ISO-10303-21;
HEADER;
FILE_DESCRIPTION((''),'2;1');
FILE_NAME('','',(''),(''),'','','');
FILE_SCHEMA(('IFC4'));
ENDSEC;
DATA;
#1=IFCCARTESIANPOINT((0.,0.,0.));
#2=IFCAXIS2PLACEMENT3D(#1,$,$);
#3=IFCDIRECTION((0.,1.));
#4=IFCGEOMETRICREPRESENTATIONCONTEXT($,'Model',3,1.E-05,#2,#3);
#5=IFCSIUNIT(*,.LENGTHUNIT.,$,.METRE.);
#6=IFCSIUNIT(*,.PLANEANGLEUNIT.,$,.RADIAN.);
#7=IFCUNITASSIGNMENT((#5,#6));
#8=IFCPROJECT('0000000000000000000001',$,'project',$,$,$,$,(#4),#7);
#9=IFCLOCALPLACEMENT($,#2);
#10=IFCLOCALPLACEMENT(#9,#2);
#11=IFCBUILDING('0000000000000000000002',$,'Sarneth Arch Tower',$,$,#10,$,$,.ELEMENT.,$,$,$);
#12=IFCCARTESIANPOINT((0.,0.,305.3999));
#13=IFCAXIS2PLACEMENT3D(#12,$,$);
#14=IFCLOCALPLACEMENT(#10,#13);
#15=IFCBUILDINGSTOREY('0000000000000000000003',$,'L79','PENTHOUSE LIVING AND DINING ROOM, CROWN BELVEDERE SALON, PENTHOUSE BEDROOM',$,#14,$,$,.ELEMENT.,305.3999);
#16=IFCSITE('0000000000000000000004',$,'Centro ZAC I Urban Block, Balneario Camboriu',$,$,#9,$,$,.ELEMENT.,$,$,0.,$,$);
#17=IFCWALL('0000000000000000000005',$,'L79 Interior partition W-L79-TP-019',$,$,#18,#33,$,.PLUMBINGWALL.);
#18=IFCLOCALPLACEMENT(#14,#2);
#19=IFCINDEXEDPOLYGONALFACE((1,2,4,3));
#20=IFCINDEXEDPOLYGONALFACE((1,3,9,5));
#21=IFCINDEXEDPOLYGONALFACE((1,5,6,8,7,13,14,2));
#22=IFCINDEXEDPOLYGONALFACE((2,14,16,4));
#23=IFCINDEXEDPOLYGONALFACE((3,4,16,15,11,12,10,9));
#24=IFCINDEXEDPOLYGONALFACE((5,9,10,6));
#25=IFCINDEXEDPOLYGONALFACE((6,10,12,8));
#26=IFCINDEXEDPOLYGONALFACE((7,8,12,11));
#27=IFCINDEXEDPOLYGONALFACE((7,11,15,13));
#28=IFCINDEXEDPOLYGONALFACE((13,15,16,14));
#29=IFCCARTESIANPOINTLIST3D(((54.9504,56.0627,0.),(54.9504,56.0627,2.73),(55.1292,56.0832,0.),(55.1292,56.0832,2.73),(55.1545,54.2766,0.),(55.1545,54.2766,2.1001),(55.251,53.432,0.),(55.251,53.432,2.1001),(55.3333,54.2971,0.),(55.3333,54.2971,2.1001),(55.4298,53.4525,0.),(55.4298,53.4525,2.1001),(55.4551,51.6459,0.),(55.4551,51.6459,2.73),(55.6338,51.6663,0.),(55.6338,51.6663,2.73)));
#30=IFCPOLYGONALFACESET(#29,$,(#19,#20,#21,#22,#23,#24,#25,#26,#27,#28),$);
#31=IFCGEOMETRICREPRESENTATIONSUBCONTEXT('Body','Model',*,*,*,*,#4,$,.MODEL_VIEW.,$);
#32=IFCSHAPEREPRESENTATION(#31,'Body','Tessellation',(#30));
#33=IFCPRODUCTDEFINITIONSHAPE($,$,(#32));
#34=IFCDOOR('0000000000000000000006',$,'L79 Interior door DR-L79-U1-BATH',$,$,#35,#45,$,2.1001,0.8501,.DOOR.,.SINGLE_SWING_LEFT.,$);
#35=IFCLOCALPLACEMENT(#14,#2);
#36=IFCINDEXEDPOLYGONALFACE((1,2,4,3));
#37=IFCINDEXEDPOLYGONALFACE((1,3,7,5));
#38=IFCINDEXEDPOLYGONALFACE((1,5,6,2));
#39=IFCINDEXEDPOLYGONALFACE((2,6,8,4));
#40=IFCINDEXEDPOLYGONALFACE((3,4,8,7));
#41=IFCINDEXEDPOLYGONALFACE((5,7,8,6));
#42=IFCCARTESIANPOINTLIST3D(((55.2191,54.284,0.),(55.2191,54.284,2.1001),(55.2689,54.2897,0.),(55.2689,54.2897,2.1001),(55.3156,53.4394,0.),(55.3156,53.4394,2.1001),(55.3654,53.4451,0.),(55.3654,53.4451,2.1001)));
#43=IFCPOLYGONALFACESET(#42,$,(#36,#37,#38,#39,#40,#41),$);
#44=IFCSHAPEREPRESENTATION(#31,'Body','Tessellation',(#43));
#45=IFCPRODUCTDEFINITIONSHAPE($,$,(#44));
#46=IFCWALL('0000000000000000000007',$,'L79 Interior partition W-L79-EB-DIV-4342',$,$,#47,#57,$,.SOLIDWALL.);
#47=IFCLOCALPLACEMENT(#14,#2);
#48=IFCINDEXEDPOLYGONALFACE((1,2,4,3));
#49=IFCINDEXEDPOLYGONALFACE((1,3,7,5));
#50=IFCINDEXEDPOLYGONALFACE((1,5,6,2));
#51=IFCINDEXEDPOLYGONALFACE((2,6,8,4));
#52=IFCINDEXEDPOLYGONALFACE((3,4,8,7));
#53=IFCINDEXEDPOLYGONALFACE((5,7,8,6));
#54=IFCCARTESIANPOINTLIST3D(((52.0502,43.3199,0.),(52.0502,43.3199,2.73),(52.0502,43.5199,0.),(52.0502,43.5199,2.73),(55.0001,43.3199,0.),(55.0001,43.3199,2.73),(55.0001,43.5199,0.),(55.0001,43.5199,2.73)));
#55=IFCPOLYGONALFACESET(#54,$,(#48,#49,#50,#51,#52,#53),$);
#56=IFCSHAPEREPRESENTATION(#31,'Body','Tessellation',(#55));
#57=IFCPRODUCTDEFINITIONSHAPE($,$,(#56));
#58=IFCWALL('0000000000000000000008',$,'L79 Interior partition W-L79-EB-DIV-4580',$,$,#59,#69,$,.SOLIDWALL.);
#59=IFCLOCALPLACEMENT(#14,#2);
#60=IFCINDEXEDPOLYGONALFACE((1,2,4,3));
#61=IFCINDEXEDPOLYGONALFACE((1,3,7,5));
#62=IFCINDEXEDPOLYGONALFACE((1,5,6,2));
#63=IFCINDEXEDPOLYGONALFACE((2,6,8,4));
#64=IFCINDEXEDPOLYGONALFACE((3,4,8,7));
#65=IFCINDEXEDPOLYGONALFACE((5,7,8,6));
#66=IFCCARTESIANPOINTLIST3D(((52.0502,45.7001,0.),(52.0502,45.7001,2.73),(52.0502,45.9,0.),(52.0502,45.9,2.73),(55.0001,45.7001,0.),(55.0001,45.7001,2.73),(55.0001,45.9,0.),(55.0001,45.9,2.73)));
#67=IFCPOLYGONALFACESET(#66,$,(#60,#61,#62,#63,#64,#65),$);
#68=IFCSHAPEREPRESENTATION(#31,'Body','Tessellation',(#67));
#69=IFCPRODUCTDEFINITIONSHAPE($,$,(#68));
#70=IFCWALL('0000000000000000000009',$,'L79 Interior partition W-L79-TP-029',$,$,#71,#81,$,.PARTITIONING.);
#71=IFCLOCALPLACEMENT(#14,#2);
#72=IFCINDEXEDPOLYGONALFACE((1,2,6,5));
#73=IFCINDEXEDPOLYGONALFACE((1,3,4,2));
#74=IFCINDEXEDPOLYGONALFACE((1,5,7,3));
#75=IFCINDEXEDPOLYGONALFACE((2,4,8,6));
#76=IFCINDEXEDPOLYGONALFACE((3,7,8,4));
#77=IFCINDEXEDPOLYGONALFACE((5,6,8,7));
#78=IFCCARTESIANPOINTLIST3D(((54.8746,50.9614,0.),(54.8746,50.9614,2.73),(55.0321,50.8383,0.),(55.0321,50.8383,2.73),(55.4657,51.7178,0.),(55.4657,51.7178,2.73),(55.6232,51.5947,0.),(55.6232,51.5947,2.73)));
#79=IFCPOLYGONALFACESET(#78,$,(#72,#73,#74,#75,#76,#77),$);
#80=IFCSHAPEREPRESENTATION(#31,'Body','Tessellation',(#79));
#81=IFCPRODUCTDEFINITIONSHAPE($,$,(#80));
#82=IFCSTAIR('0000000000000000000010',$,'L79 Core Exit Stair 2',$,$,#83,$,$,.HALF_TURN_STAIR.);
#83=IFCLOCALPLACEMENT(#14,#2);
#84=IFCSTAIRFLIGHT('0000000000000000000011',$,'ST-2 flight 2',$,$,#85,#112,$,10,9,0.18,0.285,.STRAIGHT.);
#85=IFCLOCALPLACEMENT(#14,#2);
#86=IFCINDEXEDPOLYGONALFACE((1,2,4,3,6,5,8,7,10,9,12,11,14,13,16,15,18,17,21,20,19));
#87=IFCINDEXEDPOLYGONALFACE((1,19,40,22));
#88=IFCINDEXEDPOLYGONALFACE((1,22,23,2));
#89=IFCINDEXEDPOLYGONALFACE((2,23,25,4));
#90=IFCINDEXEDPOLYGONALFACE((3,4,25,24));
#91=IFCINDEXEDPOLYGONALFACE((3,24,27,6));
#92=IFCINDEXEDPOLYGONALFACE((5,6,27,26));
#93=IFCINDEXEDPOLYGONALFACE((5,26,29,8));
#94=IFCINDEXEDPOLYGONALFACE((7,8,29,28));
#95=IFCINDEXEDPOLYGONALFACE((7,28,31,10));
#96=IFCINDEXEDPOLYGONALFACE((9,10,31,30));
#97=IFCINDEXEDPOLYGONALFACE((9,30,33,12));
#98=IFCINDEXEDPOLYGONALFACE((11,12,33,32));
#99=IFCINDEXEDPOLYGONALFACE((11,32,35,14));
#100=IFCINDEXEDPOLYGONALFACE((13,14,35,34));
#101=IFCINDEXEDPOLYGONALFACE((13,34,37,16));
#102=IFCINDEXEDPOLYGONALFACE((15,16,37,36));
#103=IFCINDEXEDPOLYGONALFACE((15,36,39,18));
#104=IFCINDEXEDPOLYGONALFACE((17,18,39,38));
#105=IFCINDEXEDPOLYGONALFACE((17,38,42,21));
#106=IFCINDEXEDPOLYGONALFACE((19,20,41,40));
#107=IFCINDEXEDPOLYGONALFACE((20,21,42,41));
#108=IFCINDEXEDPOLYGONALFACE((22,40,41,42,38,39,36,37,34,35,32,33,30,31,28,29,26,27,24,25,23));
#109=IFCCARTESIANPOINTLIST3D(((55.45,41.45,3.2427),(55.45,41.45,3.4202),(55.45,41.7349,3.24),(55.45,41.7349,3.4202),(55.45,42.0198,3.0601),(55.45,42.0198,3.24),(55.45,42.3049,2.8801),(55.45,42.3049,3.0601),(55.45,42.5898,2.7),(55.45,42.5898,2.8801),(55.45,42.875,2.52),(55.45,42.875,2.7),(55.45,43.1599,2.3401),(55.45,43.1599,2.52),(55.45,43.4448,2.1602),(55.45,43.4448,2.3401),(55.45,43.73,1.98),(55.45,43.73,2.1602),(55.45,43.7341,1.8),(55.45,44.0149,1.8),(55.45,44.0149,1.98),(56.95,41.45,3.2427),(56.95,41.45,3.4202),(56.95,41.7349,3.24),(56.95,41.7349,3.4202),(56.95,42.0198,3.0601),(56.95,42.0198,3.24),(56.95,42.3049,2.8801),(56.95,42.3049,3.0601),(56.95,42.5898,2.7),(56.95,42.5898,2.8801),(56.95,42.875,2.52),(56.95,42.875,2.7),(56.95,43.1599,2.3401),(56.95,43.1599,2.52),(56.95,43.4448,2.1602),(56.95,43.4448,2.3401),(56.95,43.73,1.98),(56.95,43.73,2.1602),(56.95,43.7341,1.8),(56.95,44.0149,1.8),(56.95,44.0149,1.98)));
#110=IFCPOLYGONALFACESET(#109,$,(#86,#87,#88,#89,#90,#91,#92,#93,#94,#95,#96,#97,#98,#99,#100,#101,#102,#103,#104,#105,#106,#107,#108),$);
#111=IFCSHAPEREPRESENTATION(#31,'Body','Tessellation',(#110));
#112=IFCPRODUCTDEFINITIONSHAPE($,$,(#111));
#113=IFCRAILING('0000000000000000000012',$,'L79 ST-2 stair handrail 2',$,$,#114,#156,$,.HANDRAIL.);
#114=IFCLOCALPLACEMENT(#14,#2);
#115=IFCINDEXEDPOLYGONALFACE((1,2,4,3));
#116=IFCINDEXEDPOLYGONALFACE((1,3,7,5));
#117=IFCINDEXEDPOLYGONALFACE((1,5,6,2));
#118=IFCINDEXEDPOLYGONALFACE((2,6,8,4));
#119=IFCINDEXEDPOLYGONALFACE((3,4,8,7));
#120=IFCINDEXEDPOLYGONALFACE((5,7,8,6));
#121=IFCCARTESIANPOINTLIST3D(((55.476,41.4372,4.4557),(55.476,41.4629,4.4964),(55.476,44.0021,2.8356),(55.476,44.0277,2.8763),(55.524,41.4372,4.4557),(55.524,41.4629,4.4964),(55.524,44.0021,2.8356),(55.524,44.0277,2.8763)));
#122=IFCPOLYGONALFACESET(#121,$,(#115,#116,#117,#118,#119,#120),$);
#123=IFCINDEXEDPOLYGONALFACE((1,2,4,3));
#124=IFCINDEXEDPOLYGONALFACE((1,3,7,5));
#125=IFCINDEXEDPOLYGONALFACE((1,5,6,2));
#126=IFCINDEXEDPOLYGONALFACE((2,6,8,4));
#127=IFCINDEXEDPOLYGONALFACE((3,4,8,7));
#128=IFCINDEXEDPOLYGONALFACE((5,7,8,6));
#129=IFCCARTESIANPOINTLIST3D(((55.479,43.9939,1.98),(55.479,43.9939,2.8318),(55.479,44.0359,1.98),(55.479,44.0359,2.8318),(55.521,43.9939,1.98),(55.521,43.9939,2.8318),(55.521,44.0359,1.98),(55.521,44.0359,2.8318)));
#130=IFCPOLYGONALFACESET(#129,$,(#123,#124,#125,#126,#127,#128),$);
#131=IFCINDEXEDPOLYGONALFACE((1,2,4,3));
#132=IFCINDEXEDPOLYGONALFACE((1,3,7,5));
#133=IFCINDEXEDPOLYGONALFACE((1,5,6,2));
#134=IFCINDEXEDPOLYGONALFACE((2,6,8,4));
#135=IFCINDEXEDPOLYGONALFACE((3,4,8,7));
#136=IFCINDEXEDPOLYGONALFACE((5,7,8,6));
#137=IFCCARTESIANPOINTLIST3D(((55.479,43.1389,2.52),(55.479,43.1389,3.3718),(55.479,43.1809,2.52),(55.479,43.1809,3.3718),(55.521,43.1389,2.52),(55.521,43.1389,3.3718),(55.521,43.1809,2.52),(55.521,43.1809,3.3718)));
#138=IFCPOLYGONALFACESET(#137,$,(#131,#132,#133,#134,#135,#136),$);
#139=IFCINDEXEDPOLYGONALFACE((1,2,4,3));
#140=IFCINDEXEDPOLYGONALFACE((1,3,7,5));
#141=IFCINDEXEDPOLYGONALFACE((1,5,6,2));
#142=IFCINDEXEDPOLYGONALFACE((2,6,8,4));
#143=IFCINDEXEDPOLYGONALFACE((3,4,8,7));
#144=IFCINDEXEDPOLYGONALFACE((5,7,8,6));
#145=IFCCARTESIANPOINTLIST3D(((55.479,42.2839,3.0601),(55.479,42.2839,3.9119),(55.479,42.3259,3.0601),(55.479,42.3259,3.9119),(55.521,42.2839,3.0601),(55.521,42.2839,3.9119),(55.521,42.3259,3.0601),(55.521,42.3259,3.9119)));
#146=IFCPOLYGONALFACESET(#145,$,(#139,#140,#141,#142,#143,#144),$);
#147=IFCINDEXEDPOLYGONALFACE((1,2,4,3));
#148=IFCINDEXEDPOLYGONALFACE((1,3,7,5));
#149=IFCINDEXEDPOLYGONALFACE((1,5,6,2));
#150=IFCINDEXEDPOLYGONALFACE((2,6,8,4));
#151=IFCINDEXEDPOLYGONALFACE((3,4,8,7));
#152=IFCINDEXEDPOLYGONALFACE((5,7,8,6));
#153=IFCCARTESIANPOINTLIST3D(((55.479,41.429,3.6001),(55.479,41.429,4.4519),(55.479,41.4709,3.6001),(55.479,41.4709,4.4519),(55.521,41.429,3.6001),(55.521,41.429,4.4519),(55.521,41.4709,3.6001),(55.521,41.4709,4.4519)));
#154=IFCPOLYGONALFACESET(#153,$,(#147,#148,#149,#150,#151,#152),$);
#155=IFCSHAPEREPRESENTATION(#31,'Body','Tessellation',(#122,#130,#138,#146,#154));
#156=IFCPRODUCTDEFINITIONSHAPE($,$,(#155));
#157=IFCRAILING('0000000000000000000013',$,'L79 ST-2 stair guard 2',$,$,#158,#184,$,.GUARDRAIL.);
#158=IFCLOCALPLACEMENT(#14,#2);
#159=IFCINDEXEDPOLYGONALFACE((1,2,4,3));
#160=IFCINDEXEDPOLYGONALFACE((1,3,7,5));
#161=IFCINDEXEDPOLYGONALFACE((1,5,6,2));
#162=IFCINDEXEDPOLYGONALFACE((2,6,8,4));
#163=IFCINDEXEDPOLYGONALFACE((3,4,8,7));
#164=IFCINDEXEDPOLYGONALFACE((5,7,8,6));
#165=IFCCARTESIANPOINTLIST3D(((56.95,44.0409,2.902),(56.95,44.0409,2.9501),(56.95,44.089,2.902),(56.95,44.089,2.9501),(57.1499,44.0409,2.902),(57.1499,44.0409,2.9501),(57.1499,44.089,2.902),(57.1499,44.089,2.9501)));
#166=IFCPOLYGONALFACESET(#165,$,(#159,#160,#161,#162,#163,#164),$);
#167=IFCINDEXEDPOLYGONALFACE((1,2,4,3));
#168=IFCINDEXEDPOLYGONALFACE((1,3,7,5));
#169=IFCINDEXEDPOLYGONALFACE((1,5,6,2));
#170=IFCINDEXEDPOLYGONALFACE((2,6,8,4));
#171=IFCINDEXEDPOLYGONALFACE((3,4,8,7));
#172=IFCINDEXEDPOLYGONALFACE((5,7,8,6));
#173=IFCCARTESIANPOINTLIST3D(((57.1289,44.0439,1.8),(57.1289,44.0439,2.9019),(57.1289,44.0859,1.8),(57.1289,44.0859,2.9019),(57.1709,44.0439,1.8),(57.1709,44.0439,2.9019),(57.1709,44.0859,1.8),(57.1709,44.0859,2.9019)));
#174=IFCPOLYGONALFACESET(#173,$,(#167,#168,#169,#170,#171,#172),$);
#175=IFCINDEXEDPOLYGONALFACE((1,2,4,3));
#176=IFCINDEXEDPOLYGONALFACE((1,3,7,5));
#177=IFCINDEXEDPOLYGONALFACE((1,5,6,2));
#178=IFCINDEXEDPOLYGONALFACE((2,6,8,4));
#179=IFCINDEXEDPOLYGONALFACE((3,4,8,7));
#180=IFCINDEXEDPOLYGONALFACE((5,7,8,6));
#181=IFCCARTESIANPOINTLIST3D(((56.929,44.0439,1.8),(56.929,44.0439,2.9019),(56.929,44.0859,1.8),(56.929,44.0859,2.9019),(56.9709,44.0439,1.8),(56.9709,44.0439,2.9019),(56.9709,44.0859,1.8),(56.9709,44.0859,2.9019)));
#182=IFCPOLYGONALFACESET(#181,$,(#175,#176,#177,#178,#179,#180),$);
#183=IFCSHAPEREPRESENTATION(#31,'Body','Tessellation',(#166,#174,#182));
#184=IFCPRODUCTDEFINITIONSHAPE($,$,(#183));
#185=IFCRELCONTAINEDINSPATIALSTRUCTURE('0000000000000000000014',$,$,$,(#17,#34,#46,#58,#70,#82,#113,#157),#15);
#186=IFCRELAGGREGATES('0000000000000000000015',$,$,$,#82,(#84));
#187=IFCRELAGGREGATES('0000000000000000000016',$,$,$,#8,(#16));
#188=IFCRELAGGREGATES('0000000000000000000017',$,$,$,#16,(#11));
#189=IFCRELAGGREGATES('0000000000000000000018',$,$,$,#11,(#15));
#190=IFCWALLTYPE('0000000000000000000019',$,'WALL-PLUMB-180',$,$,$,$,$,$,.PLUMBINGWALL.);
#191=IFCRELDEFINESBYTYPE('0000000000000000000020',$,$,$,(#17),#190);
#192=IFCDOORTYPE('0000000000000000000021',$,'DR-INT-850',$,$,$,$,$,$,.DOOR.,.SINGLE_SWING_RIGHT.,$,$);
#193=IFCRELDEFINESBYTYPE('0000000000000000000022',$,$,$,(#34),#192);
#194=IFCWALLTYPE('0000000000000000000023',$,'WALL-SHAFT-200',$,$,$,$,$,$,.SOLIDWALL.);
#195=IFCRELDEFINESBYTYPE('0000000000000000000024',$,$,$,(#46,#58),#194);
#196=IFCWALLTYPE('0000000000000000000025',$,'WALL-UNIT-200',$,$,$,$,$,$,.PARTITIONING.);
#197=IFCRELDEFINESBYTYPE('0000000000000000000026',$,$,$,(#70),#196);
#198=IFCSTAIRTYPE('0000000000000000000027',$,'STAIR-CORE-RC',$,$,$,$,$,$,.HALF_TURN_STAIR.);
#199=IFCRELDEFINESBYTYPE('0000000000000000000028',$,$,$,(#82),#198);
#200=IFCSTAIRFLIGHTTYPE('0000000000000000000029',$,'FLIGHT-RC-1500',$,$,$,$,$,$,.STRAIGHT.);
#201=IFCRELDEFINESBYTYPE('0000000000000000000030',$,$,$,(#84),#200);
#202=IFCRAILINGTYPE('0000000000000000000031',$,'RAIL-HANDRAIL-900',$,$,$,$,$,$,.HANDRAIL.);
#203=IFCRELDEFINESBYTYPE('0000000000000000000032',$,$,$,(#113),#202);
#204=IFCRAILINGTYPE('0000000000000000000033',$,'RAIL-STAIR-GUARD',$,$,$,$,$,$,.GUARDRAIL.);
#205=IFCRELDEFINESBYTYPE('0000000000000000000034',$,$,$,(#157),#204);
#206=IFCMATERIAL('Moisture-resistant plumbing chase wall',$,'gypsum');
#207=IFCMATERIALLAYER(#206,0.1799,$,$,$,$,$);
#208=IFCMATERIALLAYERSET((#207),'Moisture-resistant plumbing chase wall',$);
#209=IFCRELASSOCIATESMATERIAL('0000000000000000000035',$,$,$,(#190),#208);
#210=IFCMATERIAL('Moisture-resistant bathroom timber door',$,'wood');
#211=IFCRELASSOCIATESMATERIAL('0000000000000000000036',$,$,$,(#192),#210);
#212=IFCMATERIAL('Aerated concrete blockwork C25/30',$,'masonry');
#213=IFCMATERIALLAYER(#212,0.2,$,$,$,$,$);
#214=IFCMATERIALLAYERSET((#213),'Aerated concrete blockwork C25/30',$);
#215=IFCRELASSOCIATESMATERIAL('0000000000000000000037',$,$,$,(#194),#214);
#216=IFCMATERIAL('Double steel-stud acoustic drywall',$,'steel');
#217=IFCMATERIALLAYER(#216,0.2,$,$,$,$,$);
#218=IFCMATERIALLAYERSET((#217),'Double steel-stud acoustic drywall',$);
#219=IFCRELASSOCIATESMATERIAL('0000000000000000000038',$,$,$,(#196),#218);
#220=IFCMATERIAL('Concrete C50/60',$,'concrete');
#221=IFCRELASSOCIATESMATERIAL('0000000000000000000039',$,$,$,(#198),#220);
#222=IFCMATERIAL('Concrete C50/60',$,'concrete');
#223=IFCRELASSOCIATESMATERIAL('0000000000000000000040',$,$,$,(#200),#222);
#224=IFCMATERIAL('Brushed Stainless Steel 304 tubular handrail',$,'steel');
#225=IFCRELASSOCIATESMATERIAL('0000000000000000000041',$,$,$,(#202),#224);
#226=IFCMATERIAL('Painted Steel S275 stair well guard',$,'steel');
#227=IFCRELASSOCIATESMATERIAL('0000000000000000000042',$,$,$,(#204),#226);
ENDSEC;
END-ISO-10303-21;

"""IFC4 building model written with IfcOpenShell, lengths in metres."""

from ifc_helpers import new_model, si_unit, direction, frame, frame_2d, origin, origin_2d, place, context, subcontext, project, spatial, polyline, rectangle, outline, extrude, material, layer, layer_set, type_object, element, fill, aggregate, save


model = new_model("IFC4")

# Units and contexts
model_context = context("Model", 3, precision=1e-05, world=origin(), true_north=direction((0.0, 1.0)))
body_context = subcontext(model_context, "Body", "Model", "MODEL_VIEW")
ifc_project = project(units=[si_unit("LENGTHUNIT", "METRE"), si_unit("PLANEANGLEUNIT", "RADIAN")], contexts=[model_context])

# Site, building, storey
site_placement = place(None, origin())
site = spatial("IfcSite", under=ifc_project, at=site_placement, Name="Centro ZAC I Urban Block, Balneario Camboriu", CompositionType="ELEMENT", RefElevation=0.0)
building_placement = place(site_placement, origin())
building = spatial("IfcBuilding", under=site, at=building_placement, Name="Sarneth Arch Tower", CompositionType="ELEMENT")
storey_placement = place(building_placement, frame((0.0, 0.0, 305.3999)))
storey = spatial("IfcBuildingStorey", under=building, at=storey_placement, Name="L79", Description="PENTHOUSE LIVING AND DINING ROOM, CROWN BELVEDERE SALON, PENTHOUSE BEDROOM", CompositionType="ELEMENT", Elevation=305.3999)

# Wall, opening, door
ifc_material_1 = material(Name="Moisture-resistant plumbing chase wall", Category="gypsum")
ifc_layer_1 = layer(ifc_material_1, 0.1799)
ifc_layer_set_1 = layer_set([ifc_layer_1], Name="Moisture-resistant plumbing chase wall")
wall_type_1 = type_object("IfcWallType", Name="WALL-PLUMB-180", PredefinedType="PLUMBINGWALL", material=ifc_layer_set_1)
wall_1_placement = place(storey_placement, frame((55.5444, 51.6562, 0.0), z_axis=(0.0, 0.0, 1.0), x_axis=(-0.113517, 0.993536, 0.0)))
wall_1 = element("IfcWall", 1, at=wall_1_placement, inside=storey, type_object=wall_type_1, Name="L79 Interior partition W-L79-TP-019", PredefinedType="PLUMBINGWALL", context=body_context, shape_type="SweptSolid", body=[
    extrude(rectangle(XDim=4.4456, YDim=0.1799, at=frame_2d((2.2227, 0.0))), origin(), (0.0, 0.0, 1.0), 2.73),
])
opening_1_placement = place(wall_1_placement, frame((1.7976, 0.0, 0.0)))
opening_1 = element("IfcOpeningElement", 2, at=opening_1_placement, cuts=wall_1, PredefinedType="OPENING", context=body_context, shape_type="SweptSolid", body=[
    extrude(rectangle(XDim=0.8501, YDim=2.1001, at=frame_2d((0.425, 1.05))), frame((0.0, 0.0999, 0.0), z_axis=(0.0, -1.0, 0.0), x_axis=(1.0, 0.0, 0.0)), (0.0, 0.0, 1.0), 0.2),
])
ifc_material_2 = material(Name="Moisture-resistant bathroom timber door", Category="wood")
door_type_1 = type_object("IfcDoorType", Name="DR-INT-850", OperationType="SINGLE_SWING_RIGHT", PredefinedType="DOOR", material=ifc_material_2)
door_1_placement = place(opening_1_placement, origin())
door_1 = element("IfcDoor", 3, at=door_1_placement, inside=storey, type_object=door_type_1, Name="L79 Interior door DR-L79-U1-BATH", OperationType="SINGLE_SWING_LEFT", OverallHeight=2.1001, OverallWidth=0.8501, PredefinedType="DOOR", context=body_context, shape_type="SweptSolid", body=[
    extrude(rectangle(XDim=0.8501, YDim=2.1001, at=frame_2d((0.425, 1.05))), frame((0.0, 0.0249, 0.0), z_axis=(0.0, -1.0, 0.0), x_axis=(1.0, 0.0, 0.0)), (0.0, 0.0, 1.0), 0.05),
])
fill(opening_1, door_1)

# Walls
ifc_material_3 = material(Name="Aerated concrete blockwork C25/30", Category="masonry")
ifc_layer_2 = layer(ifc_material_3, 0.2)
ifc_layer_set_2 = layer_set([ifc_layer_2], Name="Aerated concrete blockwork C25/30")
wall_type_2 = type_object("IfcWallType", Name="WALL-SHAFT-200", PredefinedType="SOLIDWALL", material=ifc_layer_set_2)
for number, where, z_axis, x_axis, name in (
    (4, (52.05, 43.4199, 0.0), (0.0, 0.0, 1.0), (1.0, 0.0, 0.0), "L79 Interior partition W-L79-EB-DIV-4342"),
    (5, (52.05, 45.8, 0.0), (0.0, 0.0, 1.0), (1.0, 0.0, 0.0), "L79 Interior partition W-L79-EB-DIV-4580"),
):
    element("IfcWall", number, at=place(storey_placement, frame(where, z_axis=z_axis, x_axis=x_axis)), inside=storey, type_object=wall_type_2, Name=name, PredefinedType="SOLIDWALL", context=body_context, shape_type="SweptSolid", body=[
        extrude(rectangle(XDim=2.95, YDim=0.2, at=frame_2d((1.4751, 0.0))), origin(), (0.0, 0.0, 1.0), 2.73),
    ])
ifc_material_4 = material(Name="Double steel-stud acoustic drywall", Category="steel")
ifc_layer_3 = layer(ifc_material_4, 0.2)
ifc_layer_set_3 = layer_set([ifc_layer_3], Name="Double steel-stud acoustic drywall")
wall_type_3 = type_object("IfcWallType", Name="WALL-UNIT-200", PredefinedType="PARTITIONING", material=ifc_layer_set_3)
wall_2_placement = place(storey_placement, frame((55.5444, 51.6562, 0.0), z_axis=(0.0, 0.0, 1.0), x_axis=(-0.615753, -0.78794, 0.0)))
element("IfcWall", 6, at=wall_2_placement, inside=storey, type_object=wall_type_3, Name="L79 Interior partition W-L79-TP-029", PredefinedType="PARTITIONING", context=body_context, shape_type="SweptSolid", body=[
    extrude(rectangle(XDim=0.96, YDim=0.2, at=frame_2d((0.48, 0.0))), origin(), (0.0, 0.0, 1.0), 2.73),
])

# Stair, stair flight
ifc_material_5 = material(Name="Concrete C50/60", Category="concrete")
stair_type = type_object("IfcStairType", Name="STAIR-CORE-RC", PredefinedType="HALF_TURN_STAIR", material=ifc_material_5)
stair_placement = place(storey_placement, origin())
stair = element("IfcStair", 7, at=stair_placement, inside=storey, type_object=stair_type, Name="L79 Core Exit Stair 2", PredefinedType="HALF_TURN_STAIR")
ifc_material_6 = material(Name="Concrete C50/60", Category="concrete")
stair_flight_type = type_object("IfcStairFlightType", Name="FLIGHT-RC-1500", PredefinedType="STRAIGHT", material=ifc_material_6)
stair_flight_placement = place(storey_placement, frame((56.2, 44.0149, 1.8), z_axis=(0.0, 0.0, 1.0), x_axis=(0.0, -1.0, 0.0)))
stair_flight = element("IfcStairFlight", 8, at=stair_flight_placement, type_object=stair_flight_type, Name="ST-2 flight 2", NumberOfRisers=10, NumberOfTreads=9, PredefinedType="STRAIGHT", RiserHeight=0.18, TreadLength=0.285, context=body_context, shape_type="SweptSolid", body=[
    extrude(outline(polyline([(0.0, 0.0), (0.0, 0.1799), (0.2849, 0.1799), (0.2849, 0.3601), (0.5701, 0.3601), (0.5701, 0.54), (0.855, 0.54), (0.855, 0.72), (1.1399, 0.72), (1.1399, 0.8999), (1.425, 0.8999), (1.425, 1.0801), (1.71, 1.0801), (1.71, 1.26), (1.9951, 1.26), (1.9951, 1.4399), (2.28, 1.4399), (2.28, 1.6201), (2.5649, 1.6201), (2.5649, 1.8), (2.5649, 1.4426), (0.2808, 0.0), (0.0, 0.0)])), frame((0.0, 0.75, 0.0), z_axis=(0.0, -1.0, 0.0), x_axis=(1.0, 0.0, 0.0)), (0.0, 0.0, 1.0), 1.5),
])
aggregate(stair, [stair_flight])

# Railings
ifc_material_7 = material(Name="Brushed Stainless Steel 304 tubular handrail", Category="steel")
railing_type_1 = type_object("IfcRailingType", Name="RAIL-HANDRAIL-900", PredefinedType="HANDRAIL", material=ifc_material_7)
railing_1_placement = place(storey_placement, frame((55.5, 44.0149, 1.98)))
element("IfcRailing", 9, at=railing_1_placement, inside=storey, type_object=railing_type_1, Name="L79 ST-2 stair handrail 2", PredefinedType="HANDRAIL", context=body_context, shape_type="SweptSolid", body=[
    extrude(rectangle(XDim=0.0481, YDim=0.0481, at=origin_2d()), frame((0.0, 0.0, 0.876), z_axis=(0.0, -0.845466, 0.534029), x_axis=(1.0, 0.0, 0.0)), (0.0, 0.0, 1.0), 3.0337),
    extrude(rectangle(XDim=0.042, YDim=0.042, at=origin_2d()), origin(), (0.0, 0.0, 1.0), 0.8518),
    extrude(rectangle(XDim=0.042, YDim=0.042, at=origin_2d()), frame((0.0, -0.855, 0.54)), (0.0, 0.0, 1.0), 0.8518),
    extrude(rectangle(XDim=0.042, YDim=0.042, at=origin_2d()), frame((0.0, -1.71, 1.0801)), (0.0, 0.0, 1.0), 0.8518),
    extrude(rectangle(XDim=0.042, YDim=0.042, at=origin_2d()), frame((0.0, -2.5649, 1.6201)), (0.0, 0.0, 1.0), 0.8518),
])
ifc_material_8 = material(Name="Painted Steel S275 stair well guard", Category="steel")
railing_type_2 = type_object("IfcRailingType", Name="RAIL-STAIR-GUARD", PredefinedType="GUARDRAIL", material=ifc_material_8)
railing_2_placement = place(storey_placement, frame((57.1499, 44.0649, 1.8)))
element("IfcRailing", 10, at=railing_2_placement, inside=storey, type_object=railing_type_2, Name="L79 ST-2 stair guard 2", PredefinedType="GUARDRAIL", context=body_context, shape_type="SweptSolid", body=[
    extrude(rectangle(XDim=0.0481, YDim=0.0481, at=origin_2d()), frame((0.0, 0.0, 1.126), z_axis=(-1.0, 0.0, 0.0), x_axis=(0.0, -1.0, 0.0)), (0.0, 0.0, 1.0), 0.2),
    extrude(rectangle(XDim=0.042, YDim=0.042, at=origin_2d()), origin(), (0.0, 0.0, 1.0), 1.1018),
    extrude(rectangle(XDim=0.042, YDim=0.042, at=origin_2d()), frame((-0.2, 0.0, 0.0)), (0.0, 0.0, 1.0), 1.1018),
])

save(model, "model.ifc")
